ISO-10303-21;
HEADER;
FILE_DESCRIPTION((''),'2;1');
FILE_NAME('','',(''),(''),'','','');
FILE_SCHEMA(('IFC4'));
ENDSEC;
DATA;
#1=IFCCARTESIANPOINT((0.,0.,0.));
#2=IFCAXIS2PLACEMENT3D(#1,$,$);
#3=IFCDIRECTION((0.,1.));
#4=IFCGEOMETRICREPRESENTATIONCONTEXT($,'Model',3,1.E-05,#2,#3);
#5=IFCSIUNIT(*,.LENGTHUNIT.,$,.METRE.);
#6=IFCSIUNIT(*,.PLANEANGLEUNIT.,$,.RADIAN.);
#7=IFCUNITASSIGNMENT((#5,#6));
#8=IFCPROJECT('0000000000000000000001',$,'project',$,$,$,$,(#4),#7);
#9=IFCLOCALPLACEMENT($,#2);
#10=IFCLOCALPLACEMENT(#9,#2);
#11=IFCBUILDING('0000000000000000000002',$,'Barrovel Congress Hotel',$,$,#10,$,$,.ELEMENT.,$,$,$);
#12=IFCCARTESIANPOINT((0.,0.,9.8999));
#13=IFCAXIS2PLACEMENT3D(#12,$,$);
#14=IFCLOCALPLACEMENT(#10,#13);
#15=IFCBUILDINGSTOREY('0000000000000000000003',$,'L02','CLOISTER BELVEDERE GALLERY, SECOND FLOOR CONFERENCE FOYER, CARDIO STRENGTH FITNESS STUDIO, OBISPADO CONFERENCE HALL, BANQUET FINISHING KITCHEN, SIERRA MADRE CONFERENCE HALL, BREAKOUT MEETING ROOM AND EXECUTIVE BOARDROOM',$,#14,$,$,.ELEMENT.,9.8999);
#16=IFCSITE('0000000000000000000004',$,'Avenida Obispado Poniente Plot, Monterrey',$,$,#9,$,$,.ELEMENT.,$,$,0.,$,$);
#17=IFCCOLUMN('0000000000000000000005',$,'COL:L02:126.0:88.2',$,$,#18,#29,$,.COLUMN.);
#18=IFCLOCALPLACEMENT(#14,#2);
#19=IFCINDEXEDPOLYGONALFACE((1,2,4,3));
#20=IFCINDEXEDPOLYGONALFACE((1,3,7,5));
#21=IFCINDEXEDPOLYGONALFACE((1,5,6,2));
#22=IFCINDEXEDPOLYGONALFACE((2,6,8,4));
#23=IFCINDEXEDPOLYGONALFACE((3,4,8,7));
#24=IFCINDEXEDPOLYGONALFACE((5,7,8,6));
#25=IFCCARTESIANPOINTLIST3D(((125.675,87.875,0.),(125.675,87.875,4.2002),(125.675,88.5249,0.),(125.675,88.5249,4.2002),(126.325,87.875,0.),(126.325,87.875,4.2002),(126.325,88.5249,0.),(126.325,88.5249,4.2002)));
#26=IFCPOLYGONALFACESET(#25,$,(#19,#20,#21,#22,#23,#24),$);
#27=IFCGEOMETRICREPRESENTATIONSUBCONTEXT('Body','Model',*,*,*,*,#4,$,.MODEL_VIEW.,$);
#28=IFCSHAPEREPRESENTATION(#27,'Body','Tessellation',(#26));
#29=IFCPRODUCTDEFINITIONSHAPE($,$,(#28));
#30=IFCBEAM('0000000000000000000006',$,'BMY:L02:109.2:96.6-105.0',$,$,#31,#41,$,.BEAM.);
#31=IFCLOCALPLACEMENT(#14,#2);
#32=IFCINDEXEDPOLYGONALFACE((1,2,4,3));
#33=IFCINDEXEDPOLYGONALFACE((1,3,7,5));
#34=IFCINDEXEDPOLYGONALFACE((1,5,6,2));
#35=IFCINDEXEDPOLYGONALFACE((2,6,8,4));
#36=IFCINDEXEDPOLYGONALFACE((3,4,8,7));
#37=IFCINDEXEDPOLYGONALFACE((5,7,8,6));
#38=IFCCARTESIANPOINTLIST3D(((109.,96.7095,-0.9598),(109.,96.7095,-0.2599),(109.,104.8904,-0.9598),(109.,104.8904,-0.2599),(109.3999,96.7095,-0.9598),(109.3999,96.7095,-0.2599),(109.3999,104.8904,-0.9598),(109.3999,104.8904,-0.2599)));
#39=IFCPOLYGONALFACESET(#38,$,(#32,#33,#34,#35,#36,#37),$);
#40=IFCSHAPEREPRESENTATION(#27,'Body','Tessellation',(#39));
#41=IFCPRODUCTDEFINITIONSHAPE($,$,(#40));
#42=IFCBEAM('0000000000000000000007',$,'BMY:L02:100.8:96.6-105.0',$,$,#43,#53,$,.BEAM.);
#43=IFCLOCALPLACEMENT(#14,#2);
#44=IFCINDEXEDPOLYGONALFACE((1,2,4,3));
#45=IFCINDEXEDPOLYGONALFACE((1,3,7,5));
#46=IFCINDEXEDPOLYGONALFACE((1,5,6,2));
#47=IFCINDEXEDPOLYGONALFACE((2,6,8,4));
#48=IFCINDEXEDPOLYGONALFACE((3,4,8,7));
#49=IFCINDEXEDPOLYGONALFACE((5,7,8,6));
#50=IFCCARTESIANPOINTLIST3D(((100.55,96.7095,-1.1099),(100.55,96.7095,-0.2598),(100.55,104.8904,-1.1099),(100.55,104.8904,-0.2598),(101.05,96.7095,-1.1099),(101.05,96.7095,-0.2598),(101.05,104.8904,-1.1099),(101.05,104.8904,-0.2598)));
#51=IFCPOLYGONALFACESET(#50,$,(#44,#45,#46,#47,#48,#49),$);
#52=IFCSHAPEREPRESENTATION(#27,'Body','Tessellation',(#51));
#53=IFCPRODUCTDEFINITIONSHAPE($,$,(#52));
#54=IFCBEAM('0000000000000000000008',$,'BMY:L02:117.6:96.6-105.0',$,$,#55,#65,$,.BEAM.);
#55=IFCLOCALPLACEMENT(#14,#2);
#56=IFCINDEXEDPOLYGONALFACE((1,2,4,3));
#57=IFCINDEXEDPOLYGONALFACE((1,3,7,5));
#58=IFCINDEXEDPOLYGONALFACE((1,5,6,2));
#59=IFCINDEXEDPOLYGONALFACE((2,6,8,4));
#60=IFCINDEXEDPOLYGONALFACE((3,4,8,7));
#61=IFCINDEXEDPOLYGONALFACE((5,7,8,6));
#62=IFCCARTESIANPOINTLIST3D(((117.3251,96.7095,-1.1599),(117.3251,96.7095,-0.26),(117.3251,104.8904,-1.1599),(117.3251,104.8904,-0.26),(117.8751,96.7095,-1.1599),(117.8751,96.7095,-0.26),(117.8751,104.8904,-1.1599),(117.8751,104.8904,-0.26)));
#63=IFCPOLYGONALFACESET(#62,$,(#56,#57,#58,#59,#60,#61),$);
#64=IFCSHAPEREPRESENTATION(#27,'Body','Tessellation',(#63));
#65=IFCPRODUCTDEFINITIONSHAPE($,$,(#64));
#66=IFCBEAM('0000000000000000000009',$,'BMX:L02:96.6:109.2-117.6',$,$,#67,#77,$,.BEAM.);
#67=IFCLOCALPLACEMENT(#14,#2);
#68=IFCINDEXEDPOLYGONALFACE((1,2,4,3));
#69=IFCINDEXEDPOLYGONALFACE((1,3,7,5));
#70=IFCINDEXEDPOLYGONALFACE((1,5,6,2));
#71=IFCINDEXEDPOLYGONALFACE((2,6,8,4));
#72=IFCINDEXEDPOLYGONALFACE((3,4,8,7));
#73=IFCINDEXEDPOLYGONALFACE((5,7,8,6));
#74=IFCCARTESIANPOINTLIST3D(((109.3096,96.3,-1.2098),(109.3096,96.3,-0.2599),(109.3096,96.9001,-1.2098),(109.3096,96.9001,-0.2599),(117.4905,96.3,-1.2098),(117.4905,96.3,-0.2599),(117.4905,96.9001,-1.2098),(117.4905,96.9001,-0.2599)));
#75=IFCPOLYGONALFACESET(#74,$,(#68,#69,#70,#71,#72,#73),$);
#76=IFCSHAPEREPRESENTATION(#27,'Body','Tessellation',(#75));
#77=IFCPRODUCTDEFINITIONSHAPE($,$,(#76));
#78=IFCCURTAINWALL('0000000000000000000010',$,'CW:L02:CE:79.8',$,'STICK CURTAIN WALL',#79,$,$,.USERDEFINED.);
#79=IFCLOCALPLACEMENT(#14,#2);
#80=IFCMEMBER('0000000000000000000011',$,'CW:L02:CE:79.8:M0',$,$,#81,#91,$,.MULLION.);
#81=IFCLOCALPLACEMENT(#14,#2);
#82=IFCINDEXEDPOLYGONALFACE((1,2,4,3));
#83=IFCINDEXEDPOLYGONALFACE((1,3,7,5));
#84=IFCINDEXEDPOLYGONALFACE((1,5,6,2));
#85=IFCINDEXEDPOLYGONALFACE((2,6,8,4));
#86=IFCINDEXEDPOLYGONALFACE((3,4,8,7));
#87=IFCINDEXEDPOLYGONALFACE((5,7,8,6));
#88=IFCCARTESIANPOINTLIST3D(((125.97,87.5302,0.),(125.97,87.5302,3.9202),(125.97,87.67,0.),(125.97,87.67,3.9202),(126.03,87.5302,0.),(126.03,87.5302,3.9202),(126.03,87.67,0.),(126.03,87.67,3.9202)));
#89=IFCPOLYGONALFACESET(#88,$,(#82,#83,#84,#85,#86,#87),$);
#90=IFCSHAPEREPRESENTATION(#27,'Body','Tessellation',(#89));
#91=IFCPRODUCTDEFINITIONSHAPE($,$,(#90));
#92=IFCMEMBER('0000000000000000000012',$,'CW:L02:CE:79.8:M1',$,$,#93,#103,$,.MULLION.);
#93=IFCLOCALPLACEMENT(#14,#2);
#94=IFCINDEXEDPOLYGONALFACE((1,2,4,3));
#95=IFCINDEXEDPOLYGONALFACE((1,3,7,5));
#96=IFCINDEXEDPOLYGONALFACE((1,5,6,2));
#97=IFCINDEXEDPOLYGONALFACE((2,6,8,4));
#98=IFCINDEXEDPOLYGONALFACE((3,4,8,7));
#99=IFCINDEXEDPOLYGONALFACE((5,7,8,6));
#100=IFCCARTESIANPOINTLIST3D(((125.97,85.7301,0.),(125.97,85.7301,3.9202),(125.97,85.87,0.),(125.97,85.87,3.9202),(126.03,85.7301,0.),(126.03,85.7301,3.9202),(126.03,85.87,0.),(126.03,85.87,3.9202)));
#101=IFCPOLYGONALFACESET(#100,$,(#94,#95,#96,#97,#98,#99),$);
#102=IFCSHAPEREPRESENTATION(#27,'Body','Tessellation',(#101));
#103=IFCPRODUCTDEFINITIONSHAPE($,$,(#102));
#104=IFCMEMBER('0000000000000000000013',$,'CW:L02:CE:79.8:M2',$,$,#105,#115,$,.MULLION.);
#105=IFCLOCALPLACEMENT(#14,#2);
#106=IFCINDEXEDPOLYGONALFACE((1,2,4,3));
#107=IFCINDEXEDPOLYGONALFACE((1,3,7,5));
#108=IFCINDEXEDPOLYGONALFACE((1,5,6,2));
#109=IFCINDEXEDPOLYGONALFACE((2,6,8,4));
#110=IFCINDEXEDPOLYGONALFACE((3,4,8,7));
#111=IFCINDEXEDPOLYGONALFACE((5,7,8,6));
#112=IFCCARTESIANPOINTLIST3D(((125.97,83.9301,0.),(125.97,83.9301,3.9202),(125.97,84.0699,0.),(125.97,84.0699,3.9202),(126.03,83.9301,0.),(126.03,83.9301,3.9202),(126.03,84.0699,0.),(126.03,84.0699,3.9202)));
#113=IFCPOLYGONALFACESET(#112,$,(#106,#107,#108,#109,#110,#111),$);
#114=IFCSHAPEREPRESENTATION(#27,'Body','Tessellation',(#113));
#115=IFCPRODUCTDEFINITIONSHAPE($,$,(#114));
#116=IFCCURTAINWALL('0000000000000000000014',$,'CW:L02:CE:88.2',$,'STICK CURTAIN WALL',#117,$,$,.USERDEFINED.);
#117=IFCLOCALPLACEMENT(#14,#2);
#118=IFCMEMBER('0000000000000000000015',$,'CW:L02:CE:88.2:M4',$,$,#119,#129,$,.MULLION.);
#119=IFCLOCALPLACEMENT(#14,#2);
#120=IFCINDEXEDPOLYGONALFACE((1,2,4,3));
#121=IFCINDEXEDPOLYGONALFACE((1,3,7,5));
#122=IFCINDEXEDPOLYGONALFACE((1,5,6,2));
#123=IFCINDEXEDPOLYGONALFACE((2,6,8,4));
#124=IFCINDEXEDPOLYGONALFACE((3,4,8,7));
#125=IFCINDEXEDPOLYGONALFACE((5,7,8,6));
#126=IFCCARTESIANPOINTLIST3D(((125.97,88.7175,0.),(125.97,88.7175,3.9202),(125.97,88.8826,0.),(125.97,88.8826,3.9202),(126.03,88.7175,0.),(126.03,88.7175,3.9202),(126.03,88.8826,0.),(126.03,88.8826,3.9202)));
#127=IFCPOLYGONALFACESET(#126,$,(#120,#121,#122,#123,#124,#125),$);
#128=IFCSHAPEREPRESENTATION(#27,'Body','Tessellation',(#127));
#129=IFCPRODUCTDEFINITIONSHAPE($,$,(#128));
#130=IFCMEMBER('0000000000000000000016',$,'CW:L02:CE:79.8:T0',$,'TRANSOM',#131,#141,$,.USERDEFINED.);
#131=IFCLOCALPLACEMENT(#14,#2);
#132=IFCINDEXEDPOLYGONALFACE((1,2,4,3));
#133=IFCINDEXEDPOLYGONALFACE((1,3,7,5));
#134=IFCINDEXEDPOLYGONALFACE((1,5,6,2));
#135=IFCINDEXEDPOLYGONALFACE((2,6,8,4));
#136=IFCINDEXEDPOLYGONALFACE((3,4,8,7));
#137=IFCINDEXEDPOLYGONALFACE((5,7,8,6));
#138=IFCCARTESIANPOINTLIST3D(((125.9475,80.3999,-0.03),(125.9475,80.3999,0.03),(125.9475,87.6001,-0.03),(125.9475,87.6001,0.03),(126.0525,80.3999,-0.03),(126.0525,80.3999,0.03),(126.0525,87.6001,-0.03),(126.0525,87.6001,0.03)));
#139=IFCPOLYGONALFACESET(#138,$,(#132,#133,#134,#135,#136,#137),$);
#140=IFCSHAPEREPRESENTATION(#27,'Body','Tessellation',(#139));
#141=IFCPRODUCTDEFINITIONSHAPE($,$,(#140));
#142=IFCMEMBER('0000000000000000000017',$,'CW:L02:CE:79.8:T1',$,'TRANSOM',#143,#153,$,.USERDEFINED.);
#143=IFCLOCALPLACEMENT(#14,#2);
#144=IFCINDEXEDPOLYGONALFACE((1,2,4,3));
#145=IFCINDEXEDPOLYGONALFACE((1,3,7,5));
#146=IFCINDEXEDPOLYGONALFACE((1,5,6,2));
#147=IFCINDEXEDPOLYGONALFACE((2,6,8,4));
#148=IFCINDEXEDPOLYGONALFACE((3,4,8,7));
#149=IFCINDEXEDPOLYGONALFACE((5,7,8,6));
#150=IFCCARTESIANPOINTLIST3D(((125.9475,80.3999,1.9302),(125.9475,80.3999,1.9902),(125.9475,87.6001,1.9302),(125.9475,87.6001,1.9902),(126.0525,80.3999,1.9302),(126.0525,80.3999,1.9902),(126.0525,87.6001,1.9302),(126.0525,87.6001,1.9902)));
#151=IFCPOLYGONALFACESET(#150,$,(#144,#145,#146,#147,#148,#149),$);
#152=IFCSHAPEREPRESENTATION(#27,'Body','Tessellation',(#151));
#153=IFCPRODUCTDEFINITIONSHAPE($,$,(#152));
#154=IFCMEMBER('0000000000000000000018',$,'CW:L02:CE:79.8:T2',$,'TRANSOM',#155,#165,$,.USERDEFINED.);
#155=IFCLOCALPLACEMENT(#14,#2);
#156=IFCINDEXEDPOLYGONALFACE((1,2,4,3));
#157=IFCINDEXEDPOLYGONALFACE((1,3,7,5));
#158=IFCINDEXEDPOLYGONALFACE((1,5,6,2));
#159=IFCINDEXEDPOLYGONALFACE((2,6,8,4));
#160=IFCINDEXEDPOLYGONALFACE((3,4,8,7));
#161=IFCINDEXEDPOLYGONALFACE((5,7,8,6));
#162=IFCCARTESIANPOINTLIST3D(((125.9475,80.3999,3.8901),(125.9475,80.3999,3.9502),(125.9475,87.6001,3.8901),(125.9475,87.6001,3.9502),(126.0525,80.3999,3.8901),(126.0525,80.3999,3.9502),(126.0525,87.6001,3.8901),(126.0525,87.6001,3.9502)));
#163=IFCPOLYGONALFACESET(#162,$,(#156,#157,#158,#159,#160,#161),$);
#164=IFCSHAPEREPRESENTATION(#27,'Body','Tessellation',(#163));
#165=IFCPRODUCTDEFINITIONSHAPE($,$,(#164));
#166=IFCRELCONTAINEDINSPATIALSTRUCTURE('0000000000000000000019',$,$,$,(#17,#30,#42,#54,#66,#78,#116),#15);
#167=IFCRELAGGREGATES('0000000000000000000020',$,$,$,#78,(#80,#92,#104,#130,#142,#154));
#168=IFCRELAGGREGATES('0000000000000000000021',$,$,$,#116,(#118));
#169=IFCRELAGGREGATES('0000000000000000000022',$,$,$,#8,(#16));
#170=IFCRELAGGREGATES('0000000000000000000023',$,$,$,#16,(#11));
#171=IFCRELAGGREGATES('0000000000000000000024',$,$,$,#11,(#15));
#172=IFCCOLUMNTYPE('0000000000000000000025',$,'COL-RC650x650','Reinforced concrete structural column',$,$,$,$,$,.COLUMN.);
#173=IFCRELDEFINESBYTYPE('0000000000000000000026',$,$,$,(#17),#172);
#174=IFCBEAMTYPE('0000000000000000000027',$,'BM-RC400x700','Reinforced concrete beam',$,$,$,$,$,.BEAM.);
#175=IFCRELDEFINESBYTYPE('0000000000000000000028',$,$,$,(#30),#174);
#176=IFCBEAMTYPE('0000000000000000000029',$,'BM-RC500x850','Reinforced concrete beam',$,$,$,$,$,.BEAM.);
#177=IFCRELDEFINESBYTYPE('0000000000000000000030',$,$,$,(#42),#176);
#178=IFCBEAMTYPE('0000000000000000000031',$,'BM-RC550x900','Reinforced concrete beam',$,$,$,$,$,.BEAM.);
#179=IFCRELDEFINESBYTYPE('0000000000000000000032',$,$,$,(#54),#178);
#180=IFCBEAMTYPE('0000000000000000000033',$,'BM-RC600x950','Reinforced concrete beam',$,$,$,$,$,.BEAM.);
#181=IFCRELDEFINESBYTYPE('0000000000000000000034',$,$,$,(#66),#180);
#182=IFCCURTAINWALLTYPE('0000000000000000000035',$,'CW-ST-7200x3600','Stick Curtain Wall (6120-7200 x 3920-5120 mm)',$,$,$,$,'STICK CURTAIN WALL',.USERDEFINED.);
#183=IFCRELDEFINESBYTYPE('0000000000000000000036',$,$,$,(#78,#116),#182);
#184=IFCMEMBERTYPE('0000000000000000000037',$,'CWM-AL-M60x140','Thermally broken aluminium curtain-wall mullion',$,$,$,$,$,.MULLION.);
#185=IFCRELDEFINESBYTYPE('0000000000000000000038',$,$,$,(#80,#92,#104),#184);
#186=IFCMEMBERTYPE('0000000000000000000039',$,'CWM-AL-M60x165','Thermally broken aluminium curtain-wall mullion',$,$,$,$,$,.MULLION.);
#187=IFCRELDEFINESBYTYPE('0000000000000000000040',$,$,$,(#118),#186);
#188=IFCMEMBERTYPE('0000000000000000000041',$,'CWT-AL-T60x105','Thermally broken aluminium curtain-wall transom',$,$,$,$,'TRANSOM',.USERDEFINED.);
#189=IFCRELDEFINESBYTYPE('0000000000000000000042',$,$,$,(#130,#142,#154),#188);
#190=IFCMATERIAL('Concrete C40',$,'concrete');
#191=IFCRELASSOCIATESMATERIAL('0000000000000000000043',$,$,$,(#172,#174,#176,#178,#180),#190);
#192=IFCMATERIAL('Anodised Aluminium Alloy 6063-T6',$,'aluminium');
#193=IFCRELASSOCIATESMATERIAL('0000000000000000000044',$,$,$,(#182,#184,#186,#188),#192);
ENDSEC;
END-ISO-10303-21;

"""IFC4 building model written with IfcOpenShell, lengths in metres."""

from ifc_helpers import new_model, si_unit, direction, frame, origin, origin_2d, place, context, subcontext, project, spatial, rectangle, extrude, material, material_profile, profile_set, type_object, element, aggregate, save


model = new_model("IFC4")

# Units and contexts
model_context = context("Model", 3, precision=1e-05, world=origin(), true_north=direction((0.0, 1.0)))
body_context = subcontext(model_context, "Body", "Model", "MODEL_VIEW")
ifc_project = project(units=[si_unit("LENGTHUNIT", "METRE"), si_unit("PLANEANGLEUNIT", "RADIAN")], contexts=[model_context])

# Site, building, storey
site_placement = place(None, origin())
site = spatial("IfcSite", under=ifc_project, at=site_placement, Name="Avenida Obispado Poniente Plot, Monterrey", CompositionType="ELEMENT", RefElevation=0.0)
building_placement = place(site_placement, origin())
building = spatial("IfcBuilding", under=site, at=building_placement, Name="Barrovel Congress Hotel", CompositionType="ELEMENT")
storey_placement = place(building_placement, frame((0.0, 0.0, 9.8999)))
storey = spatial("IfcBuildingStorey", under=building, at=storey_placement, Name="L02", Description="CLOISTER BELVEDERE GALLERY, SECOND FLOOR CONFERENCE FOYER, CARDIO STRENGTH FITNESS STUDIO, OBISPADO CONFERENCE HALL, BANQUET FINISHING KITCHEN, SIERRA MADRE CONFERENCE HALL, BREAKOUT MEETING ROOM AND EXECUTIVE BOARDROOM", CompositionType="ELEMENT", Elevation=9.8999)

# Column
ifc_material_1 = material(Name="Concrete C40", Category="concrete")
ifc_material_profile_1 = material_profile(ifc_material_1, rectangle(XDim=0.6499, YDim=0.6499, at=origin_2d()), Name="RC650x650")
ifc_profile_set_1 = profile_set([ifc_material_profile_1], Name="Concrete C40")
column_type = type_object("IfcColumnType", Name="COL-RC650x650", Description="Reinforced concrete structural column", PredefinedType="COLUMN", material=ifc_profile_set_1)
column_placement = place(storey_placement, frame((126.0, 88.2, 0.0), z_axis=(0.0, 0.0, 1.0), x_axis=(1.0, 0.0, 0.0)))
element("IfcColumn", 1, at=column_placement, inside=storey, type_object=column_type, Name="COL:L02:126.0:88.2", PredefinedType="COLUMN", context=body_context, shape_type="SweptSolid", body=[
    extrude(rectangle(XDim=0.6499, YDim=0.6499, at=origin_2d()), origin(), (0.0, 0.0, 1.0), 4.2002),
])

# Beams
ifc_material_profile_2 = material_profile(ifc_material_1, rectangle(XDim=0.3999, YDim=0.7, at=origin_2d()), Name="RC400x700")
ifc_profile_set_2 = profile_set([ifc_material_profile_2], Name="Concrete C40")
beam_type_1 = type_object("IfcBeamType", Name="BM-RC400x700", Description="Reinforced concrete beam", PredefinedType="BEAM", material=ifc_profile_set_2)
beam_1_placement = place(storey_placement, frame((109.2, 96.7095, -0.6099), z_axis=(0.0, 1.0, 0.0), x_axis=(-1.0, 0.0, 0.0)))
element("IfcBeam", 2, at=beam_1_placement, inside=storey, type_object=beam_type_1, Name="BMY:L02:109.2:96.6-105.0", PredefinedType="BEAM", context=body_context, shape_type="SweptSolid", body=[
    extrude(rectangle(XDim=0.3999, YDim=0.7, at=origin_2d()), origin(), (0.0, 0.0, 1.0), 8.1809),
])
ifc_material_profile_3 = material_profile(ifc_material_1, rectangle(XDim=0.5, YDim=0.8501, at=origin_2d()), Name="RC500x850")
ifc_profile_set_3 = profile_set([ifc_material_profile_3], Name="Concrete C40")
beam_type_2 = type_object("IfcBeamType", Name="BM-RC500x850", Description="Reinforced concrete beam", PredefinedType="BEAM", material=ifc_profile_set_3)
beam_2_placement = place(storey_placement, frame((100.8, 96.7095, -0.6848), z_axis=(0.0, 1.0, 0.0), x_axis=(-1.0, 0.0, 0.0)))
element("IfcBeam", 3, at=beam_2_placement, inside=storey, type_object=beam_type_2, Name="BMY:L02:100.8:96.6-105.0", PredefinedType="BEAM", context=body_context, shape_type="SweptSolid", body=[
    extrude(rectangle(XDim=0.5, YDim=0.8501, at=origin_2d()), origin(), (0.0, 0.0, 1.0), 8.1809),
])
ifc_material_profile_4 = material_profile(ifc_material_1, rectangle(XDim=0.55, YDim=0.8999, at=origin_2d()), Name="RC550x900")
ifc_profile_set_4 = profile_set([ifc_material_profile_4], Name="Concrete C40")
beam_type_3 = type_object("IfcBeamType", Name="BM-RC550x900", Description="Reinforced concrete beam", PredefinedType="BEAM", material=ifc_profile_set_4)
beam_3_placement = place(storey_placement, frame((117.6001, 96.7095, -0.71), z_axis=(0.0, 1.0, 0.0), x_axis=(-1.0, 0.0, 0.0)))
element("IfcBeam", 4, at=beam_3_placement, inside=storey, type_object=beam_type_3, Name="BMY:L02:117.6:96.6-105.0", PredefinedType="BEAM", context=body_context, shape_type="SweptSolid", body=[
    extrude(rectangle(XDim=0.55, YDim=0.8999, at=origin_2d()), origin(), (0.0, 0.0, 1.0), 8.1809),
])
ifc_material_profile_5 = material_profile(ifc_material_1, rectangle(XDim=0.6001, YDim=0.95, at=origin_2d()), Name="RC600x950")
ifc_profile_set_5 = profile_set([ifc_material_profile_5], Name="Concrete C40")
beam_type_4 = type_object("IfcBeamType", Name="BM-RC600x950", Description="Reinforced concrete beam", PredefinedType="BEAM", material=ifc_profile_set_5)
beam_4_placement = place(storey_placement, frame((109.3096, 96.6001, -0.7349), z_axis=(1.0, 0.0, 0.0), x_axis=(0.0, 1.0, 0.0)))
element("IfcBeam", 5, at=beam_4_placement, inside=storey, type_object=beam_type_4, Name="BMX:L02:96.6:109.2-117.6", PredefinedType="BEAM", context=body_context, shape_type="SweptSolid", body=[
    extrude(rectangle(XDim=0.6001, YDim=0.95, at=origin_2d()), origin(), (0.0, 0.0, 1.0), 8.1809),
])

# Curtain wall, members
ifc_material_2 = material(Name="Anodised Aluminium Alloy 6063-T6", Category="aluminium")
curtain_wall_type = type_object("IfcCurtainWallType", Name="CW-ST-7200x3600", Description="Stick Curtain Wall (6120-7200 x 3920-5120 mm)", ElementType="STICK CURTAIN WALL", PredefinedType="USERDEFINED", material=ifc_material_2)
curtain_wall_1_placement = place(storey_placement, origin())
curtain_wall_1 = element("IfcCurtainWall", 6, at=curtain_wall_1_placement, inside=storey, type_object=curtain_wall_type, Name="CW:L02:CE:79.8", ObjectType="STICK CURTAIN WALL", PredefinedType="USERDEFINED")
ifc_material_profile_6 = material_profile(ifc_material_2, rectangle(XDim=0.0601, YDim=0.1399, at=origin_2d()), Name="AL-M60x140")
ifc_profile_set_6 = profile_set([ifc_material_profile_6], Name="Anodised Aluminium Alloy 6063-T6")
member_type_1 = type_object("IfcMemberType", Name="CWM-AL-M60x140", Description="Thermally broken aluminium curtain-wall mullion", PredefinedType="MULLION", material=ifc_profile_set_6)
member_1_placement = place(storey_placement, frame((126.0, 87.6001, 0.0), z_axis=(0.0, 0.0, 1.0), x_axis=(1.0, 0.0, 0.0)))
member_1 = element("IfcMember", 7, at=member_1_placement, type_object=member_type_1, Name="CW:L02:CE:79.8:M0", PredefinedType="MULLION", context=body_context, shape_type="SweptSolid", body=[
    extrude(rectangle(XDim=0.0601, YDim=0.1399, at=origin_2d()), origin(), (0.0, 0.0, 1.0), 3.9202),
])
member_2_placement = place(storey_placement, frame((126.0, 85.8, 0.0), z_axis=(0.0, 0.0, 1.0), x_axis=(1.0, 0.0, 0.0)))
member_2 = element("IfcMember", 8, at=member_2_placement, type_object=member_type_1, Name="CW:L02:CE:79.8:M1", PredefinedType="MULLION", context=body_context, shape_type="SweptSolid", body=[
    extrude(rectangle(XDim=0.0601, YDim=0.1399, at=origin_2d()), origin(), (0.0, 0.0, 1.0), 3.9202),
])
member_3_placement = place(storey_placement, frame((126.0, 84.0, 0.0), z_axis=(0.0, 0.0, 1.0), x_axis=(1.0, 0.0, 0.0)))
member_3 = element("IfcMember", 9, at=member_3_placement, type_object=member_type_1, Name="CW:L02:CE:79.8:M2", PredefinedType="MULLION", context=body_context, shape_type="SweptSolid", body=[
    extrude(rectangle(XDim=0.0601, YDim=0.1399, at=origin_2d()), origin(), (0.0, 0.0, 1.0), 3.9202),
])

# Curtain wall, member
curtain_wall_2_placement = place(storey_placement, origin())
curtain_wall_2 = element("IfcCurtainWall", 10, at=curtain_wall_2_placement, inside=storey, type_object=curtain_wall_type, Name="CW:L02:CE:88.2", ObjectType="STICK CURTAIN WALL", PredefinedType="USERDEFINED")
ifc_material_profile_7 = material_profile(ifc_material_2, rectangle(XDim=0.0601, YDim=0.165, at=origin_2d()), Name="AL-M60x165")
ifc_profile_set_7 = profile_set([ifc_material_profile_7], Name="Anodised Aluminium Alloy 6063-T6")
member_type_2 = type_object("IfcMemberType", Name="CWM-AL-M60x165", Description="Thermally broken aluminium curtain-wall mullion", PredefinedType="MULLION", material=ifc_profile_set_7)
member_4_placement = place(storey_placement, frame((126.0, 88.8, 0.0), z_axis=(0.0, 0.0, 1.0), x_axis=(1.0, 0.0, 0.0)))
member_4 = element("IfcMember", 11, at=member_4_placement, type_object=member_type_2, Name="CW:L02:CE:88.2:M4", PredefinedType="MULLION", context=body_context, shape_type="SweptSolid", body=[
    extrude(rectangle(XDim=0.0601, YDim=0.165, at=origin_2d()), origin(), (0.0, 0.0, 1.0), 3.9202),
])

# Members
ifc_material_profile_8 = material_profile(ifc_material_2, rectangle(XDim=0.105, YDim=0.0601, at=origin_2d()), Name="AL-T60x105")
ifc_profile_set_8 = profile_set([ifc_material_profile_8], Name="Anodised Aluminium Alloy 6063-T6")
member_type_3 = type_object("IfcMemberType", Name="CWT-AL-T60x105", Description="Thermally broken aluminium curtain-wall transom", ElementType="TRANSOM", PredefinedType="USERDEFINED", material=ifc_profile_set_8)
member_5_placement = place(storey_placement, frame((126.0, 87.6001, 0.0), z_axis=(0.0, -1.0, 0.0), x_axis=(1.0, 0.0, 0.0)))
member_5 = element("IfcMember", 12, at=member_5_placement, type_object=member_type_3, Name="CW:L02:CE:79.8:T0", ObjectType="TRANSOM", PredefinedType="USERDEFINED", context=body_context, shape_type="SweptSolid", body=[
    extrude(rectangle(XDim=0.105, YDim=0.0601, at=origin_2d()), origin(), (0.0, 0.0, 1.0), 7.2002),
])
member_6_placement = place(storey_placement, frame((126.0, 87.6001, 1.9602), z_axis=(0.0, -1.0, 0.0), x_axis=(1.0, 0.0, 0.0)))
member_6 = element("IfcMember", 13, at=member_6_placement, type_object=member_type_3, Name="CW:L02:CE:79.8:T1", ObjectType="TRANSOM", PredefinedType="USERDEFINED", context=body_context, shape_type="SweptSolid", body=[
    extrude(rectangle(XDim=0.105, YDim=0.0601, at=origin_2d()), origin(), (0.0, 0.0, 1.0), 7.2002),
])
member_7_placement = place(storey_placement, frame((126.0, 87.6001, 3.9202), z_axis=(0.0, -1.0, 0.0), x_axis=(1.0, 0.0, 0.0)))
member_7 = element("IfcMember", 14, at=member_7_placement, type_object=member_type_3, Name="CW:L02:CE:79.8:T2", ObjectType="TRANSOM", PredefinedType="USERDEFINED", context=body_context, shape_type="SweptSolid", body=[
    extrude(rectangle(XDim=0.105, YDim=0.0601, at=origin_2d()), origin(), (0.0, 0.0, 1.0), 7.2002),
])

aggregate(curtain_wall_1, [member_1, member_2, member_3, member_5, member_6, member_7])
aggregate(curtain_wall_2, [member_4])

save(model, "model.ifc")
